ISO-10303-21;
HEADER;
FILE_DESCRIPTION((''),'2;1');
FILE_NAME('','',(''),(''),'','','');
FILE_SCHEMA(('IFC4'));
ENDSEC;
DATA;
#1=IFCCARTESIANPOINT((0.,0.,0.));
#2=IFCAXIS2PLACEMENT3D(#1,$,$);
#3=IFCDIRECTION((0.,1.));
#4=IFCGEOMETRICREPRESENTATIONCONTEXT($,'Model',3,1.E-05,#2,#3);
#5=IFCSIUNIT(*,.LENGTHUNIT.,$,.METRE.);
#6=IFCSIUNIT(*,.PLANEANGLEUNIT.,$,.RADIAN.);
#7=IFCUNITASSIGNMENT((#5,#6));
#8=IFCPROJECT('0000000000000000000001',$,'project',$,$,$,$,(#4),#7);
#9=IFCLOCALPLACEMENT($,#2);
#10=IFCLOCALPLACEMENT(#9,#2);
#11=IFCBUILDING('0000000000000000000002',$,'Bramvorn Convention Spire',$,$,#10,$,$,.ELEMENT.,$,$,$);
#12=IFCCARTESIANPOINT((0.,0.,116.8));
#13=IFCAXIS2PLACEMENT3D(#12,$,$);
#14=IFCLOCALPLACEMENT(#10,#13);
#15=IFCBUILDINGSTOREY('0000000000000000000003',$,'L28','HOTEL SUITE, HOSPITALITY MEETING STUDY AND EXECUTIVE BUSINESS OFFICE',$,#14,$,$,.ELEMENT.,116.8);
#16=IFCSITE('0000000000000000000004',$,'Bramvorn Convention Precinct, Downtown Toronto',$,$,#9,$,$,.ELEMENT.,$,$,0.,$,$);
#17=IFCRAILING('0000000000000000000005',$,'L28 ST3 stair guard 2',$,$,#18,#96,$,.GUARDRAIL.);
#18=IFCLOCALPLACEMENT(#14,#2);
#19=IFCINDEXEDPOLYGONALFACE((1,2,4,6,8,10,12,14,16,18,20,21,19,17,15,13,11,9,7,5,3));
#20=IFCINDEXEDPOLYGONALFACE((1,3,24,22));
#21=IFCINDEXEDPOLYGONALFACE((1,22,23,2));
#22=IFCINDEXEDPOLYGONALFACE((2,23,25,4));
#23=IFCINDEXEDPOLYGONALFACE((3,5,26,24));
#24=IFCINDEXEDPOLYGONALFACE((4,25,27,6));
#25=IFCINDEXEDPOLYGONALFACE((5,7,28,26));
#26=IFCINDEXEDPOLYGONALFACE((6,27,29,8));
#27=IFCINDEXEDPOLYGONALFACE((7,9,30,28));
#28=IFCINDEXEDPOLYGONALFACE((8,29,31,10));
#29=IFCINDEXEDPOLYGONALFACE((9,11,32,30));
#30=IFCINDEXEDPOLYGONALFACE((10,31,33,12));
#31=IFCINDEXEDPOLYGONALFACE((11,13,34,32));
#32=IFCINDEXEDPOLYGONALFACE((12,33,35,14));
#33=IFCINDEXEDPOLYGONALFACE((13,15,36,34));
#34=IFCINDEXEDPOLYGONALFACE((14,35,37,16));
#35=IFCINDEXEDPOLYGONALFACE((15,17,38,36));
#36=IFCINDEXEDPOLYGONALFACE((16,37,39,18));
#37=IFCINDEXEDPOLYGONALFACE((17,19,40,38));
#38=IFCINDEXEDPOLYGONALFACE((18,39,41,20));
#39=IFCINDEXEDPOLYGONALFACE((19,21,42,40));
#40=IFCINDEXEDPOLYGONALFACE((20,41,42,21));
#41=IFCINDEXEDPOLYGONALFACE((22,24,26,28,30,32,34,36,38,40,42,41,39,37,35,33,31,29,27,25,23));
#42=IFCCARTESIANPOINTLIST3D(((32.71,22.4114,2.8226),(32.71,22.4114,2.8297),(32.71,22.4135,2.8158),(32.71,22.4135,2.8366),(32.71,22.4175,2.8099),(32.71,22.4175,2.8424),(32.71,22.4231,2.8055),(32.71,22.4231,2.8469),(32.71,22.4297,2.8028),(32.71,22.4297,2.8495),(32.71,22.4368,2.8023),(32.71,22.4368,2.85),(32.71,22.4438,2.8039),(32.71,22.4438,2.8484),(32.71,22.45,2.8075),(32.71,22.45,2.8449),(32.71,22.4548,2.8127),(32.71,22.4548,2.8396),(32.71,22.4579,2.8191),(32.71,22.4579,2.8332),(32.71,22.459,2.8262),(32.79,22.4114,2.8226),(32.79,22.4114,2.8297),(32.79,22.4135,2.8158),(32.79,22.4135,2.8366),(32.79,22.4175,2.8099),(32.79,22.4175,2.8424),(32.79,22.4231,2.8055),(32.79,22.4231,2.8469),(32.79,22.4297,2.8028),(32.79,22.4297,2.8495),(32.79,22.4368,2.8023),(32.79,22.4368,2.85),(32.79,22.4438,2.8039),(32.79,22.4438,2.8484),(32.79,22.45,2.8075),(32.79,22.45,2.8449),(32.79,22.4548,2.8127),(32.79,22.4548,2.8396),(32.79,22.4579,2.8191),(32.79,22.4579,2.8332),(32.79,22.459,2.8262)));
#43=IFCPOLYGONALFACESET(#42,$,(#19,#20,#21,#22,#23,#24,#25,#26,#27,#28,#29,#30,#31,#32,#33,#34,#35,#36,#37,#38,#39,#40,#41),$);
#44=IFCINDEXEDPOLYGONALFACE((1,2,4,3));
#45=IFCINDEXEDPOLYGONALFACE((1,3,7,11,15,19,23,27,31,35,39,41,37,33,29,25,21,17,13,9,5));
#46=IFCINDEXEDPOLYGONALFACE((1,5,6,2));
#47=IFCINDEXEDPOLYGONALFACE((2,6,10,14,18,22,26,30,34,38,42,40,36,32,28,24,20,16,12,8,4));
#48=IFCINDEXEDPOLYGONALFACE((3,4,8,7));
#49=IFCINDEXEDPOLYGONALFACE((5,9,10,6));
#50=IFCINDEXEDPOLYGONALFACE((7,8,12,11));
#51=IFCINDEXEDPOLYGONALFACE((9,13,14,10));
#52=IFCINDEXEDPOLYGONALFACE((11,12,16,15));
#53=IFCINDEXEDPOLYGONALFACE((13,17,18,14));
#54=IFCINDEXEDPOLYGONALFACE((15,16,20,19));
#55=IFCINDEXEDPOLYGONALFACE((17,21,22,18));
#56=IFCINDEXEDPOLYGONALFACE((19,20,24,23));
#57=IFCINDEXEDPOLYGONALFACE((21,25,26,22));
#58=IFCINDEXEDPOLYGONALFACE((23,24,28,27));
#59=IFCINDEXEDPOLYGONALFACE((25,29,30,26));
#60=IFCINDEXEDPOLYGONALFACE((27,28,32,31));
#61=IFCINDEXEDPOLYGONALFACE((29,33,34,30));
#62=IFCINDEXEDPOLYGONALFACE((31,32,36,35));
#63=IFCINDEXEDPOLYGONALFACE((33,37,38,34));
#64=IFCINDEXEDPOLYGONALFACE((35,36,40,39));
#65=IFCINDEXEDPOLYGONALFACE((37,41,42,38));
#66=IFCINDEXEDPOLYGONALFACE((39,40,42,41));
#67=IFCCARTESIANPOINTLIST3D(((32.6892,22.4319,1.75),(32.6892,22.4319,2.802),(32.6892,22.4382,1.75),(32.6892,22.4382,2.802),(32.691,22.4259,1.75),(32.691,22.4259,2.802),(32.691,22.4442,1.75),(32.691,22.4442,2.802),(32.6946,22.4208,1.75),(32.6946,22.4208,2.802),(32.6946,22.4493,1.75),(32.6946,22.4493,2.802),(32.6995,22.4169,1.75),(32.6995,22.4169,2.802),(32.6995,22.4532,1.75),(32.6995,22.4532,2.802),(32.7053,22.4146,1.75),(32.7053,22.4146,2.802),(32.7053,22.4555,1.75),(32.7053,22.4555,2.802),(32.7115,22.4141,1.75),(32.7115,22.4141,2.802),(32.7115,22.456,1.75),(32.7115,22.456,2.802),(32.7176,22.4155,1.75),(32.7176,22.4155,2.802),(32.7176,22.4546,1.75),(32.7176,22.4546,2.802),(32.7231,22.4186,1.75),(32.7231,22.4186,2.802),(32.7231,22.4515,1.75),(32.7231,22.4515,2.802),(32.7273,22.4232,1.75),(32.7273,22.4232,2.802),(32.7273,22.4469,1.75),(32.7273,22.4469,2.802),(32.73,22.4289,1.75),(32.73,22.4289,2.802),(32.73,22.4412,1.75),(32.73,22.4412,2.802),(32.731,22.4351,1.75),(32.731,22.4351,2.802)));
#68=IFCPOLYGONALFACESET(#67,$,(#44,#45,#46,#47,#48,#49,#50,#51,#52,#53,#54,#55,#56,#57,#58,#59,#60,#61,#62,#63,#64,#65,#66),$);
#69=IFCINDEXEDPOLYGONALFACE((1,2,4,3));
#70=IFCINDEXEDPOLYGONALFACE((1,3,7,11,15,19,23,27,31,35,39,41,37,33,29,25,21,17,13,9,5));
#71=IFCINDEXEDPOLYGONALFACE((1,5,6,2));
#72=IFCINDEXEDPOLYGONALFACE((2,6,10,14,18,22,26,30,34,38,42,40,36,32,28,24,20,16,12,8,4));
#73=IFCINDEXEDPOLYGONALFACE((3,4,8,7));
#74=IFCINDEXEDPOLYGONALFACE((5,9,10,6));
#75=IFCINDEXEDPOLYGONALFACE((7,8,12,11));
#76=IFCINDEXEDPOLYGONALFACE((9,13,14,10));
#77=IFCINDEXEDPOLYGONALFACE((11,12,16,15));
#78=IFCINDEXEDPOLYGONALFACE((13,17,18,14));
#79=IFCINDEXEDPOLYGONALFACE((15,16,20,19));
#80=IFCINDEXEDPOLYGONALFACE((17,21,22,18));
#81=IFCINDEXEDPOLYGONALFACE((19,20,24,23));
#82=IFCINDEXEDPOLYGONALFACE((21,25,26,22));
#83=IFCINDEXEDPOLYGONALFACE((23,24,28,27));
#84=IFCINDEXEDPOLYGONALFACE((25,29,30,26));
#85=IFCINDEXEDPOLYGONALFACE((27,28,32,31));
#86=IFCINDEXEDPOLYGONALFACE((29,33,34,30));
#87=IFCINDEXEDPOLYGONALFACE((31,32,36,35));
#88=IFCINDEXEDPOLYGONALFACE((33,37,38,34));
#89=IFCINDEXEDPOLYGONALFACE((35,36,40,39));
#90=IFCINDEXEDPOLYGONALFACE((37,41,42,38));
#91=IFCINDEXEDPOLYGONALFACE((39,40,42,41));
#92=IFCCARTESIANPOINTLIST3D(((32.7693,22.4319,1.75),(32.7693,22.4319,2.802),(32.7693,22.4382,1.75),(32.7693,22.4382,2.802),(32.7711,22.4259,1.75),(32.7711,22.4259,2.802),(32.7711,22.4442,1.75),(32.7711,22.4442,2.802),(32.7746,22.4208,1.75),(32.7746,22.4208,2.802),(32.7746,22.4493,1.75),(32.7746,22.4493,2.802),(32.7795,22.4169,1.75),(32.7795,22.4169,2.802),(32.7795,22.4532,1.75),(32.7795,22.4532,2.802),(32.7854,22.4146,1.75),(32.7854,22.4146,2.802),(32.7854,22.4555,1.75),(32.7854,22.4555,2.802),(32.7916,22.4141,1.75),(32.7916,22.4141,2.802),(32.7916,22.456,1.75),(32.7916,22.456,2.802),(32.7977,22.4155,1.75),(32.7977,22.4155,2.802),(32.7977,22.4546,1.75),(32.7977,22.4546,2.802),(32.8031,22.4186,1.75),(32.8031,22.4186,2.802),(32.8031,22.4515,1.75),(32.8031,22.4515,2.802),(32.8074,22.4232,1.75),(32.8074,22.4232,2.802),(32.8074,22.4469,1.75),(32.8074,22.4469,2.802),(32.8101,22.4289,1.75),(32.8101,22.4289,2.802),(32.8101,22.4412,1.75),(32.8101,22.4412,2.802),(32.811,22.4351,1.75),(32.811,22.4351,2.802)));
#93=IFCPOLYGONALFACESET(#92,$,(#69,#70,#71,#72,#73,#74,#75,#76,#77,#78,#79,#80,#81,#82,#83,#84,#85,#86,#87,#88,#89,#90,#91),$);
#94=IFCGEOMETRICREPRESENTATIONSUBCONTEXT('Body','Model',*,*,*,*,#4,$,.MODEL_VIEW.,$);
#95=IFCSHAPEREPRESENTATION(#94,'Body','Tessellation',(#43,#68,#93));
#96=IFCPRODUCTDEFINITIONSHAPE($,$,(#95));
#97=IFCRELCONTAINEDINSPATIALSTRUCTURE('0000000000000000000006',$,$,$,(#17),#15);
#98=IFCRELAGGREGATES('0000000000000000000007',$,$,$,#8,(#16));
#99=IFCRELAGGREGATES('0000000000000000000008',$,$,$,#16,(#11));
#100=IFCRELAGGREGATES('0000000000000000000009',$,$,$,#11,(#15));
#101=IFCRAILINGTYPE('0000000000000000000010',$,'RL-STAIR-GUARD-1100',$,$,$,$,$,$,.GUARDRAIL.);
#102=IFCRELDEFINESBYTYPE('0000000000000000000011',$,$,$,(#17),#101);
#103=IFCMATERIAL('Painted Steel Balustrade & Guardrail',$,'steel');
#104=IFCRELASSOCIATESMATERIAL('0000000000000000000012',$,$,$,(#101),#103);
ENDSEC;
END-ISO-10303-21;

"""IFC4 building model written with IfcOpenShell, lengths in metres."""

from ifc_helpers import new_model, si_unit, direction, frame, origin, origin_2d, place, context, subcontext, project, spatial, circle, extrude, material, type_object, element, save


model = new_model("IFC4")

# Units and contexts
model_context = context("Model", 3, precision=1e-05, world=origin(), true_north=direction((0.0, 1.0)))
body_context = subcontext(model_context, "Body", "Model", "MODEL_VIEW")
ifc_project = project(units=[si_unit("LENGTHUNIT", "METRE"), si_unit("PLANEANGLEUNIT", "RADIAN")], contexts=[model_context])

# Site, building, storey
site_placement = place(None, origin())
site = spatial("IfcSite", under=ifc_project, at=site_placement, Name="Bramvorn Convention Precinct, Downtown Toronto", CompositionType="ELEMENT", RefElevation=0.0)
building_placement = place(site_placement, origin())
building = spatial("IfcBuilding", under=site, at=building_placement, Name="Bramvorn Convention Spire", CompositionType="ELEMENT")
storey_placement = place(building_placement, frame((0.0, 0.0, 116.8)))
storey = spatial("IfcBuildingStorey", under=building, at=storey_placement, Name="L28", Description="HOTEL SUITE, HOSPITALITY MEETING STUDY AND EXECUTIVE BUSINESS OFFICE", CompositionType="ELEMENT", Elevation=116.8)

# Railing
ifc_material_1 = material(Name="Painted Steel Balustrade & Guardrail", Category="steel")
railing_type_1 = type_object("IfcRailingType", Name="RL-STAIR-GUARD-1100", PredefinedType="GUARDRAIL", material=ifc_material_1)
railing_1_placement = place(storey_placement, frame((32.71, 22.4351, 1.75)))
element("IfcRailing", 1, at=railing_1_placement, inside=storey, type_object=railing_type_1, Name="L28 ST3 stair guard 2", PredefinedType="GUARDRAIL", context=body_context, shape_type="SweptSolid", body=[
    extrude(circle(Radius=0.0239, at=origin_2d()), frame((0.0, 0.0, 1.0762), z_axis=(1.0, 0.0, 0.0), x_axis=(0.0, 1.0, 0.0)), (0.0, 0.0, 1.0), 0.0801),
    extrude(circle(Radius=0.021, at=origin_2d()), origin(), (0.0, 0.0, 1.0), 1.052),
    extrude(circle(Radius=0.021, at=origin_2d()), frame((0.0801, 0.0, 0.0)), (0.0, 0.0, 1.0), 1.052),
])

save(model, "model.ifc")
